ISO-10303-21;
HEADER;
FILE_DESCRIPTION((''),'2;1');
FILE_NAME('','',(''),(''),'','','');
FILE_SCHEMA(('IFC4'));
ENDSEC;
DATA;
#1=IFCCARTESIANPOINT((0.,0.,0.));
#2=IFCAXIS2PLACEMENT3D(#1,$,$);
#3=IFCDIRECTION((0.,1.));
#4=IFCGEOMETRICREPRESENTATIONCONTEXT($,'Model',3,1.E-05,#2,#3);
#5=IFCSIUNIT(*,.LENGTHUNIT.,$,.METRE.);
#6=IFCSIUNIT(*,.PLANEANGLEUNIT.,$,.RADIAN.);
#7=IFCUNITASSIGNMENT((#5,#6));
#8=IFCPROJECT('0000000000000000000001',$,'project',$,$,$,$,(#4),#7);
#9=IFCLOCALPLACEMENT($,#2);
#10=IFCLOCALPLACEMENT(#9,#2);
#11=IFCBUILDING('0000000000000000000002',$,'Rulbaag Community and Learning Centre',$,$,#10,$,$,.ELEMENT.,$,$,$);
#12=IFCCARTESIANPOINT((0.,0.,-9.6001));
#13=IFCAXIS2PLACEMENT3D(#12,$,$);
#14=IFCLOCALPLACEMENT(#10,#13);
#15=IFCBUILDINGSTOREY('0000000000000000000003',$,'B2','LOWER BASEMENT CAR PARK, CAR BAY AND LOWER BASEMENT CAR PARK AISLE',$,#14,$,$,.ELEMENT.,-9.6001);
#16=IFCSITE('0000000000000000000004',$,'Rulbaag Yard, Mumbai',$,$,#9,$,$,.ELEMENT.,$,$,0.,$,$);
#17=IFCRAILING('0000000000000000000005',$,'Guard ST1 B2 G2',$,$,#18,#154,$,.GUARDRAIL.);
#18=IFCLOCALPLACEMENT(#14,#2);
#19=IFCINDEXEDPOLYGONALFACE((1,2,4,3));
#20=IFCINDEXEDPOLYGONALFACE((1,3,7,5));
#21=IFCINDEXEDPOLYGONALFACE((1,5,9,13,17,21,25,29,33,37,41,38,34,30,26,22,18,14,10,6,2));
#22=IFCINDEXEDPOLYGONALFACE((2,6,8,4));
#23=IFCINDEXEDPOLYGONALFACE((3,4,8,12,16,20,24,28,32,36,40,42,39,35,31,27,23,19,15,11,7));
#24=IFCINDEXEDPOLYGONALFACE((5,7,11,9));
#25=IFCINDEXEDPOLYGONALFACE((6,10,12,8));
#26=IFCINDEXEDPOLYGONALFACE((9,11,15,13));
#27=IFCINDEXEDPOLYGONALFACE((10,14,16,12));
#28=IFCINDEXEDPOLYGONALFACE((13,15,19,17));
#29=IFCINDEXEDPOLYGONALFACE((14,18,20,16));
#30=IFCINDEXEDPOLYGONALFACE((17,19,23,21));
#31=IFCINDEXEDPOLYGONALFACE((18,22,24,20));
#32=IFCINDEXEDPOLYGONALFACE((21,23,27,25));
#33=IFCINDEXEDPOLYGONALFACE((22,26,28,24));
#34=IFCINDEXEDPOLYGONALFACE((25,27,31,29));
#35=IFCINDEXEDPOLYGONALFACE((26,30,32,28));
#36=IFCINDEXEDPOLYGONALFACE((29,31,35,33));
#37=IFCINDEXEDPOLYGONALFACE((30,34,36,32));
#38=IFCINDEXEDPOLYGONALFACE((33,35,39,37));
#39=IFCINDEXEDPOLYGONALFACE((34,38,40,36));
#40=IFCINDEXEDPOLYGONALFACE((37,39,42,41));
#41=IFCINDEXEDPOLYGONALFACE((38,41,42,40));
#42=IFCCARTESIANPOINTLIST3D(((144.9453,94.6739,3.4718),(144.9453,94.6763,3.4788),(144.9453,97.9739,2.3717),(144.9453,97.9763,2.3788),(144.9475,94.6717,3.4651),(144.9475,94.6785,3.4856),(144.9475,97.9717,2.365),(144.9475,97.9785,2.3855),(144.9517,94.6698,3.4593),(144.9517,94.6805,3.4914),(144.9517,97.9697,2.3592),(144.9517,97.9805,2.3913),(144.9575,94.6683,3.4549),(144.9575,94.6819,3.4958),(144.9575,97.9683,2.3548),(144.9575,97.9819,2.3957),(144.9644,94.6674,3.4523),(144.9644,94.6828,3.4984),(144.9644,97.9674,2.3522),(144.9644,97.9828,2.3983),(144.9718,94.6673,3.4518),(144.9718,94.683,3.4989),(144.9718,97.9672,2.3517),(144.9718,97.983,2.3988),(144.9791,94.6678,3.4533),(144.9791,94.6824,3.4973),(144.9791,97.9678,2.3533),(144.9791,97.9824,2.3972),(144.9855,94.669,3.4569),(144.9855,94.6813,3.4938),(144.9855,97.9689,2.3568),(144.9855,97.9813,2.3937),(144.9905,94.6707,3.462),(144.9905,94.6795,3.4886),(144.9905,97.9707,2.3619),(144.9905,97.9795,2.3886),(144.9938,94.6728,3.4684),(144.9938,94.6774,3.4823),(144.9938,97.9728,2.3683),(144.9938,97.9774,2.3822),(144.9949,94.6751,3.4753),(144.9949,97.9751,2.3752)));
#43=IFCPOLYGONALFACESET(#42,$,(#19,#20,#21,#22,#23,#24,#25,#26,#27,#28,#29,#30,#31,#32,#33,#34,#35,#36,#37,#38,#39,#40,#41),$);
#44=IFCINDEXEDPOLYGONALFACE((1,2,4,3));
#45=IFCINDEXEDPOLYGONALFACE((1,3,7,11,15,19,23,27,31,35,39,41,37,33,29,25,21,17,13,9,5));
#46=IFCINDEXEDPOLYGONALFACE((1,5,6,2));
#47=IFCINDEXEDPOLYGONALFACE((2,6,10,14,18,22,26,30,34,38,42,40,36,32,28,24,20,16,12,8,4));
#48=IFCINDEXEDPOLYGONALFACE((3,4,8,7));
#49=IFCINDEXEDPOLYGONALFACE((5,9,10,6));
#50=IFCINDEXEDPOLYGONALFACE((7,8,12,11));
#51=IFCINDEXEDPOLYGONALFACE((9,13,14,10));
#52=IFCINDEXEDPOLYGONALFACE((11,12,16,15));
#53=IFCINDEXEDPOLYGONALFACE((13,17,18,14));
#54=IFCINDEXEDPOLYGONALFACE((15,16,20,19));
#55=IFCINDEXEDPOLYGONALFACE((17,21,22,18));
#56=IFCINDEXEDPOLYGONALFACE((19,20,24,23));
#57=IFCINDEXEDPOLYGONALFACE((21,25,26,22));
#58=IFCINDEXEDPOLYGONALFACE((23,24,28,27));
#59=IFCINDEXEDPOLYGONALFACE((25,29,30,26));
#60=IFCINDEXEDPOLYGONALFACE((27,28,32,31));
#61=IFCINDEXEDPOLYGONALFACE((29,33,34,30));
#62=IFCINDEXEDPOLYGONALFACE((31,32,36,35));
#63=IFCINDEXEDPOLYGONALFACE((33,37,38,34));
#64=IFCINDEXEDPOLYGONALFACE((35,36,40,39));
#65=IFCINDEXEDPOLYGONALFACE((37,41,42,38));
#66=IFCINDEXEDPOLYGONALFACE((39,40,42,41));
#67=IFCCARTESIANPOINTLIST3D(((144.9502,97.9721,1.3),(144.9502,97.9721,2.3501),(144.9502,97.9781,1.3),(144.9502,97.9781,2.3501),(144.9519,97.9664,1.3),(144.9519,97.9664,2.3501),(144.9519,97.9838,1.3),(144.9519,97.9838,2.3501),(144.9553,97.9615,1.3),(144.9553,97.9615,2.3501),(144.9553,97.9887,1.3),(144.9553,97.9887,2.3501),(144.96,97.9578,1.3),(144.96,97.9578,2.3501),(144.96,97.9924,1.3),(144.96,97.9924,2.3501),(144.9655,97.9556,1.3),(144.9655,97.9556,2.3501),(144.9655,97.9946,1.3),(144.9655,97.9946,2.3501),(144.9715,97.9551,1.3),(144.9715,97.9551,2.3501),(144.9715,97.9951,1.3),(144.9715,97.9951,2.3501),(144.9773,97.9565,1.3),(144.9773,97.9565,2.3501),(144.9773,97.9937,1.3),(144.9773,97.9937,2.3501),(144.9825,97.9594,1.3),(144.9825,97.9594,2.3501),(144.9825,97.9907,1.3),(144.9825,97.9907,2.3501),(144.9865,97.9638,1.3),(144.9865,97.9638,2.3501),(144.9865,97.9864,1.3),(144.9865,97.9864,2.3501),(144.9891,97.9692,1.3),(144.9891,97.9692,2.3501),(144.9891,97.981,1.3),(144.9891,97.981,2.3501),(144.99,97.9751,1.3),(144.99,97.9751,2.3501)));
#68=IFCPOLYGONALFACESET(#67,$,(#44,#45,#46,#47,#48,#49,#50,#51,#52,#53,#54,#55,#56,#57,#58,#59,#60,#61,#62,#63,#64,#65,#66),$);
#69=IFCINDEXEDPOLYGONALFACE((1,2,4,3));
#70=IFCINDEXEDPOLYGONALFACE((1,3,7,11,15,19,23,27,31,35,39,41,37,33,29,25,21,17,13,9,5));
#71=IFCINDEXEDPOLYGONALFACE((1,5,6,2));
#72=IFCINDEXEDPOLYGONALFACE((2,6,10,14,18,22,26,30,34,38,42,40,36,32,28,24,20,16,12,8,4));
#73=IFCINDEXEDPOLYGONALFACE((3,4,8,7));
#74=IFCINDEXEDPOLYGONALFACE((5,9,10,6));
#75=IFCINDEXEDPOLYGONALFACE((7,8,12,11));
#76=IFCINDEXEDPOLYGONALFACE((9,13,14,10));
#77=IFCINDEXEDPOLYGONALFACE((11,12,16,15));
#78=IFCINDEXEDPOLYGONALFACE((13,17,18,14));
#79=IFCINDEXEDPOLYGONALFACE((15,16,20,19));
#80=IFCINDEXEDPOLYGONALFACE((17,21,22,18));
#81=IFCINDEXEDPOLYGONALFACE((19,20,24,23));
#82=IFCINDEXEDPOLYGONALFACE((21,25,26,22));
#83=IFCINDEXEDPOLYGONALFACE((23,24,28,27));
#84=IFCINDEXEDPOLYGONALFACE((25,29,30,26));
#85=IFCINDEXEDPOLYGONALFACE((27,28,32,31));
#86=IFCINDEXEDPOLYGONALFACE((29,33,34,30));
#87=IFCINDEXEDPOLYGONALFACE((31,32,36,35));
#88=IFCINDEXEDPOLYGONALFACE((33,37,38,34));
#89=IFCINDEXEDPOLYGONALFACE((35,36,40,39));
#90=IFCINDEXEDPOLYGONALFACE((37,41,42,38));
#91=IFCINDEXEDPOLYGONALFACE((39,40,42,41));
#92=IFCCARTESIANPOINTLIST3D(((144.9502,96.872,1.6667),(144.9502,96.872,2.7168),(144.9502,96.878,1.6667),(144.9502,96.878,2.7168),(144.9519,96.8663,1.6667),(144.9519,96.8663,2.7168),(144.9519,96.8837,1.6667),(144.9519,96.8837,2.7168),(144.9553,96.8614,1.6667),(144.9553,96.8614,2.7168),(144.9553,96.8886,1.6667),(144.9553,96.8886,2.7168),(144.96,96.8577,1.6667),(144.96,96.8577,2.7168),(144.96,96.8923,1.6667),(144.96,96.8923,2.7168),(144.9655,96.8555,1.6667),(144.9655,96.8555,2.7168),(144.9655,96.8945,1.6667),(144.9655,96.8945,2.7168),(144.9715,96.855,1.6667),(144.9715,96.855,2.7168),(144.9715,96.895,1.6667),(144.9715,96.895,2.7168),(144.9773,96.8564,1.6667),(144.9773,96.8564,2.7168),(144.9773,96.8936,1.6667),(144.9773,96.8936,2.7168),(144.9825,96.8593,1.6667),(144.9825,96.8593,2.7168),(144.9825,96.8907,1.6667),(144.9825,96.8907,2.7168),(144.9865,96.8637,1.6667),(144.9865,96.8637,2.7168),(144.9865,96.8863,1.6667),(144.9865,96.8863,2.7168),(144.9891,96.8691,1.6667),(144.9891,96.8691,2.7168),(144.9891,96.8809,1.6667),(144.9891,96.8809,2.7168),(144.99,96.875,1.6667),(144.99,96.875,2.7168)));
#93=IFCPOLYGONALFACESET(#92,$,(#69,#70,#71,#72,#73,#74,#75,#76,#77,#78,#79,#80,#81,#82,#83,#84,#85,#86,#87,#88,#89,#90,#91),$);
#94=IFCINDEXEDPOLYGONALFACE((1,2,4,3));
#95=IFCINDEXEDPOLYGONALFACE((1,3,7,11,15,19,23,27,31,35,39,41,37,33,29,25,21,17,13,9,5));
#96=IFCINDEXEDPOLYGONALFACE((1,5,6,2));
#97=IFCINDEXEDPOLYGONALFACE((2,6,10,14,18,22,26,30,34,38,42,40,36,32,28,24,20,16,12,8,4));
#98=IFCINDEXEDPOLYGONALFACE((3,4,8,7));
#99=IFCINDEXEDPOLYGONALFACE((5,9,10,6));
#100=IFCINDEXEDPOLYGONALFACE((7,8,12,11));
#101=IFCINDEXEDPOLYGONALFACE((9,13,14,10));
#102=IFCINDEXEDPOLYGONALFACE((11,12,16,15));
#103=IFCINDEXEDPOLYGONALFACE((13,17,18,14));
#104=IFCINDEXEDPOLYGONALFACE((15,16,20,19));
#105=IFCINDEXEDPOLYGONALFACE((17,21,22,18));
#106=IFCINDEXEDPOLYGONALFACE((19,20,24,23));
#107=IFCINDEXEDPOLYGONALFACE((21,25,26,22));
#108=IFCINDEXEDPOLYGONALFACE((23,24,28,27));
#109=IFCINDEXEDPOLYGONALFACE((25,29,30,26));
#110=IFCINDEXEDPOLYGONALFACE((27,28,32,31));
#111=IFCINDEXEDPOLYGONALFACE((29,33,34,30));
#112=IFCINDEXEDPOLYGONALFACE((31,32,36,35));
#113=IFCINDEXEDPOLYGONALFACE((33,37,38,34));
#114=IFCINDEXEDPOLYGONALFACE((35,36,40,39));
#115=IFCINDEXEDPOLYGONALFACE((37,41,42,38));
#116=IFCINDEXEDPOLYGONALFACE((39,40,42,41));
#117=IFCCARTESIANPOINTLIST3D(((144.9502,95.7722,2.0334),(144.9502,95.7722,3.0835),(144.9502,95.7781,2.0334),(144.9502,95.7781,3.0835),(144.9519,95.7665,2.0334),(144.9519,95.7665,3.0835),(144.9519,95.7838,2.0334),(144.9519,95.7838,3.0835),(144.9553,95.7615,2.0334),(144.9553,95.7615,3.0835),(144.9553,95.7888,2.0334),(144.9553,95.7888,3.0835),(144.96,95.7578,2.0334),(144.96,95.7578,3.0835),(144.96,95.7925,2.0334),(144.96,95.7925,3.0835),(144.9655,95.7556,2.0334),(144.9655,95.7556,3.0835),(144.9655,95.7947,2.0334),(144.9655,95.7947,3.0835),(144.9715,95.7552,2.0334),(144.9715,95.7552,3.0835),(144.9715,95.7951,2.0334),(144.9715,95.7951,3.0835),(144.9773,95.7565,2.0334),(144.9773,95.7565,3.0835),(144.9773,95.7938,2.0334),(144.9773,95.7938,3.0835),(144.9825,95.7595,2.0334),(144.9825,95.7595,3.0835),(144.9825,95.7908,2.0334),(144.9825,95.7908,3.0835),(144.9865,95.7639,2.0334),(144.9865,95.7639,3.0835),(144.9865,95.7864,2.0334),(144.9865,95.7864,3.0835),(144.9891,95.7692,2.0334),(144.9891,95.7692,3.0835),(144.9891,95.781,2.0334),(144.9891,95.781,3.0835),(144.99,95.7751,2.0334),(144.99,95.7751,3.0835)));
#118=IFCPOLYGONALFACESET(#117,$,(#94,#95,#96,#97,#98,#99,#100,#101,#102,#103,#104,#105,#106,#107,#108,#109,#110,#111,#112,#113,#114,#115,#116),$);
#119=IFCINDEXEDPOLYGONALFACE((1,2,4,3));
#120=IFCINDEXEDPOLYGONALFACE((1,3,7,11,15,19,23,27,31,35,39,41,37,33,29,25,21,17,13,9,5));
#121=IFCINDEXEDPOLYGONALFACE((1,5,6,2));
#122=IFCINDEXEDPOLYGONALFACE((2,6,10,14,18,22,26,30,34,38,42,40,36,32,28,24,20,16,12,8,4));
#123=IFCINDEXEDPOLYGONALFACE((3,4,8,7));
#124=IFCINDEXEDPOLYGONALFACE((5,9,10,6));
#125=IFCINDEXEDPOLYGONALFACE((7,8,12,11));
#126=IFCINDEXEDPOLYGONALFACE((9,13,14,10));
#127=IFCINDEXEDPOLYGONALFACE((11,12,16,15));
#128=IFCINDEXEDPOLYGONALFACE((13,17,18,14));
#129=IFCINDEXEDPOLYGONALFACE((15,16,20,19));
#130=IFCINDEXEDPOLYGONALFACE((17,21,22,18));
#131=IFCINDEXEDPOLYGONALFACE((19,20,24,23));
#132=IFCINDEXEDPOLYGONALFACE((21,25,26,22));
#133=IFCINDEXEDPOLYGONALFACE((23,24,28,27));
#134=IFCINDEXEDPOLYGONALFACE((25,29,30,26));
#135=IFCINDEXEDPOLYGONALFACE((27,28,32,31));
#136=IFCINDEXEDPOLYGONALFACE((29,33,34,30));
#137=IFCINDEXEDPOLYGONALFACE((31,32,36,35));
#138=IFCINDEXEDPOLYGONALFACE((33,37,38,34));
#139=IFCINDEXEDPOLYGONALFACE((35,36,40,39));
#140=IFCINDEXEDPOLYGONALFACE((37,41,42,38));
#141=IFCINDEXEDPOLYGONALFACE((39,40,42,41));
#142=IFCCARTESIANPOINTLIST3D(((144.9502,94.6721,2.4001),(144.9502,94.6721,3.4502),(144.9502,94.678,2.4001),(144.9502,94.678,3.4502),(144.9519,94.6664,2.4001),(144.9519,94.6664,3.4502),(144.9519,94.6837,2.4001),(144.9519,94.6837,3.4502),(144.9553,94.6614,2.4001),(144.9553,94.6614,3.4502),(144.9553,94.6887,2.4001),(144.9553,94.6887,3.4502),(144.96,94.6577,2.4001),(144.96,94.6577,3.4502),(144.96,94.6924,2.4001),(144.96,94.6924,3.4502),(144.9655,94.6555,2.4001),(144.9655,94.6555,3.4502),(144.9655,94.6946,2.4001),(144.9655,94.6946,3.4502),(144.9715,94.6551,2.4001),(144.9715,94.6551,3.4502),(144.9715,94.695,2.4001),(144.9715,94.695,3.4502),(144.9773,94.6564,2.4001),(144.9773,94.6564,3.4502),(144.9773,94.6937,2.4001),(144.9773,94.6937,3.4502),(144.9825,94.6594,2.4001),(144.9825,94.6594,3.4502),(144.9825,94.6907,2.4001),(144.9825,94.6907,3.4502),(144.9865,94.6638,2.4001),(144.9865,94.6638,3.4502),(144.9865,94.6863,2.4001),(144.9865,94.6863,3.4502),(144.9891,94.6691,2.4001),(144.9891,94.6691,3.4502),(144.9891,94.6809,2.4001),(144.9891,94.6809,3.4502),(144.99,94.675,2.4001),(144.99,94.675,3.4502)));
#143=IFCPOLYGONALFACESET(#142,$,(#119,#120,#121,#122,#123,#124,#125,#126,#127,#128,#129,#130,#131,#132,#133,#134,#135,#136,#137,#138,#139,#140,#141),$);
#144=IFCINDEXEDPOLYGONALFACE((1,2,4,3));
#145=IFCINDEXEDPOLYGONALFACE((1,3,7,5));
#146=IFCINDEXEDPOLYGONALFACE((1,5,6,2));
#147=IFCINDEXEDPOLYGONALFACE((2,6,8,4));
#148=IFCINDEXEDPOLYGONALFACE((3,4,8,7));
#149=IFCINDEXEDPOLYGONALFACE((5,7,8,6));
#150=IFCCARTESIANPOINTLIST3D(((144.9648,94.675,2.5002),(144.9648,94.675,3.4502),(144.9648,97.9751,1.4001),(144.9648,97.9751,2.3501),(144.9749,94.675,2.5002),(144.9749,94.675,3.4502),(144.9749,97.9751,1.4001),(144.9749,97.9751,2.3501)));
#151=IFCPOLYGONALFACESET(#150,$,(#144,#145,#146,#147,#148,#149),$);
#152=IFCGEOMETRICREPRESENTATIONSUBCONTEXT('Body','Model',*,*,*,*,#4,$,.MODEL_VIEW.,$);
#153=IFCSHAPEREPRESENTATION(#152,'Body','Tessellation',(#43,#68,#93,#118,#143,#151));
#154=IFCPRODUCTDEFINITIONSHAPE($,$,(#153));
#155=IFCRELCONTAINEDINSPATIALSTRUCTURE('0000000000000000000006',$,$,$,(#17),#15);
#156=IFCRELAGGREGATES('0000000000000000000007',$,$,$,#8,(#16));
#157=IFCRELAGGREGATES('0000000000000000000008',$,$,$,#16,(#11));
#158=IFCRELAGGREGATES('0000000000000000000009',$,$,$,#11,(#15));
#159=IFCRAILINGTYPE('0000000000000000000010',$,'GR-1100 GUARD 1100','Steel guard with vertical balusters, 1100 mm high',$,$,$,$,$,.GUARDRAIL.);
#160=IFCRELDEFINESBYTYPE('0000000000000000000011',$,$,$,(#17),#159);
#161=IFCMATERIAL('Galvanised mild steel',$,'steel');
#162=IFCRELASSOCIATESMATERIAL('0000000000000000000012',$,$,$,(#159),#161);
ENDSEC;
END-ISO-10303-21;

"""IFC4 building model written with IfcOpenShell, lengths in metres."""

from ifc_helpers import new_model, si_unit, direction, frame, origin, origin_2d, place, context, subcontext, project, spatial, polyline, circle, outline, extrude, material, type_object, element, save


model = new_model("IFC4")

# Units and contexts
model_context = context("Model", 3, precision=1e-05, world=origin(), true_north=direction((0.0, 1.0)))
body_context = subcontext(model_context, "Body", "Model", "MODEL_VIEW")
ifc_project = project(units=[si_unit("LENGTHUNIT", "METRE"), si_unit("PLANEANGLEUNIT", "RADIAN")], contexts=[model_context])

# Site, building, storey
site_placement = place(None, origin())
site = spatial("IfcSite", under=ifc_project, at=site_placement, Name="Rulbaag Yard, Mumbai", CompositionType="ELEMENT", RefElevation=0.0)
building_placement = place(site_placement, origin())
building = spatial("IfcBuilding", under=site, at=building_placement, Name="Rulbaag Community and Learning Centre", CompositionType="ELEMENT")
storey_placement = place(building_placement, frame((0.0, 0.0, -9.6001)))
storey = spatial("IfcBuildingStorey", under=building, at=storey_placement, Name="B2", Description="LOWER BASEMENT CAR PARK, CAR BAY AND LOWER BASEMENT CAR PARK AISLE", CompositionType="ELEMENT", Elevation=-9.6001)

# Railing
ifc_material_1 = material(Name="Galvanised mild steel", Category="steel")
railing_type = type_object("IfcRailingType", Name="GR-1100 GUARD 1100", Description="Steel guard with vertical balusters, 1100 mm high", PredefinedType="GUARDRAIL", material=ifc_material_1)
railing_1_placement = place(storey_placement, frame((144.97, 97.9751, 1.3)))
element("IfcRailing", 1, at=railing_1_placement, inside=storey, type_object=railing_type, Name="Guard ST1 B2 G2", PredefinedType="GUARDRAIL", context=body_context, shape_type="SweptSolid", body=[
    extrude(circle(Radius=0.0249, at=origin_2d()), frame((0.0, 0.0, 1.0752), z_axis=(0.0, -0.948676, 0.316249), x_axis=(1.0, 0.0, 0.0)), (0.0, 0.0, 1.0), 3.4785),
    extrude(circle(Radius=0.02, at=origin_2d()), origin(), (0.0, 0.0, 1.0), 1.05),
    extrude(circle(Radius=0.02, at=origin_2d()), frame((0.0, -1.1001, 0.3667)), (0.0, 0.0, 1.0), 1.05),
    extrude(circle(Radius=0.02, at=origin_2d()), frame((0.0, -2.2, 0.7334)), (0.0, 0.0, 1.0), 1.05),
    extrude(circle(Radius=0.02, at=origin_2d()), frame((0.0, -3.3, 1.1001)), (0.0, 0.0, 1.0), 1.05),
    extrude(outline(polyline([(0.0, 0.0), (3.3, 1.1001), (3.3, 2.05), (0.0, 0.95), (0.0, 0.0)])), frame((0.0049, 0.0, 0.1001), z_axis=(-1.0, 0.0, 0.0), x_axis=(0.0, -1.0, 0.0)), (0.0, 0.0, 1.0), 0.01),
])

save(model, "model.ifc")
